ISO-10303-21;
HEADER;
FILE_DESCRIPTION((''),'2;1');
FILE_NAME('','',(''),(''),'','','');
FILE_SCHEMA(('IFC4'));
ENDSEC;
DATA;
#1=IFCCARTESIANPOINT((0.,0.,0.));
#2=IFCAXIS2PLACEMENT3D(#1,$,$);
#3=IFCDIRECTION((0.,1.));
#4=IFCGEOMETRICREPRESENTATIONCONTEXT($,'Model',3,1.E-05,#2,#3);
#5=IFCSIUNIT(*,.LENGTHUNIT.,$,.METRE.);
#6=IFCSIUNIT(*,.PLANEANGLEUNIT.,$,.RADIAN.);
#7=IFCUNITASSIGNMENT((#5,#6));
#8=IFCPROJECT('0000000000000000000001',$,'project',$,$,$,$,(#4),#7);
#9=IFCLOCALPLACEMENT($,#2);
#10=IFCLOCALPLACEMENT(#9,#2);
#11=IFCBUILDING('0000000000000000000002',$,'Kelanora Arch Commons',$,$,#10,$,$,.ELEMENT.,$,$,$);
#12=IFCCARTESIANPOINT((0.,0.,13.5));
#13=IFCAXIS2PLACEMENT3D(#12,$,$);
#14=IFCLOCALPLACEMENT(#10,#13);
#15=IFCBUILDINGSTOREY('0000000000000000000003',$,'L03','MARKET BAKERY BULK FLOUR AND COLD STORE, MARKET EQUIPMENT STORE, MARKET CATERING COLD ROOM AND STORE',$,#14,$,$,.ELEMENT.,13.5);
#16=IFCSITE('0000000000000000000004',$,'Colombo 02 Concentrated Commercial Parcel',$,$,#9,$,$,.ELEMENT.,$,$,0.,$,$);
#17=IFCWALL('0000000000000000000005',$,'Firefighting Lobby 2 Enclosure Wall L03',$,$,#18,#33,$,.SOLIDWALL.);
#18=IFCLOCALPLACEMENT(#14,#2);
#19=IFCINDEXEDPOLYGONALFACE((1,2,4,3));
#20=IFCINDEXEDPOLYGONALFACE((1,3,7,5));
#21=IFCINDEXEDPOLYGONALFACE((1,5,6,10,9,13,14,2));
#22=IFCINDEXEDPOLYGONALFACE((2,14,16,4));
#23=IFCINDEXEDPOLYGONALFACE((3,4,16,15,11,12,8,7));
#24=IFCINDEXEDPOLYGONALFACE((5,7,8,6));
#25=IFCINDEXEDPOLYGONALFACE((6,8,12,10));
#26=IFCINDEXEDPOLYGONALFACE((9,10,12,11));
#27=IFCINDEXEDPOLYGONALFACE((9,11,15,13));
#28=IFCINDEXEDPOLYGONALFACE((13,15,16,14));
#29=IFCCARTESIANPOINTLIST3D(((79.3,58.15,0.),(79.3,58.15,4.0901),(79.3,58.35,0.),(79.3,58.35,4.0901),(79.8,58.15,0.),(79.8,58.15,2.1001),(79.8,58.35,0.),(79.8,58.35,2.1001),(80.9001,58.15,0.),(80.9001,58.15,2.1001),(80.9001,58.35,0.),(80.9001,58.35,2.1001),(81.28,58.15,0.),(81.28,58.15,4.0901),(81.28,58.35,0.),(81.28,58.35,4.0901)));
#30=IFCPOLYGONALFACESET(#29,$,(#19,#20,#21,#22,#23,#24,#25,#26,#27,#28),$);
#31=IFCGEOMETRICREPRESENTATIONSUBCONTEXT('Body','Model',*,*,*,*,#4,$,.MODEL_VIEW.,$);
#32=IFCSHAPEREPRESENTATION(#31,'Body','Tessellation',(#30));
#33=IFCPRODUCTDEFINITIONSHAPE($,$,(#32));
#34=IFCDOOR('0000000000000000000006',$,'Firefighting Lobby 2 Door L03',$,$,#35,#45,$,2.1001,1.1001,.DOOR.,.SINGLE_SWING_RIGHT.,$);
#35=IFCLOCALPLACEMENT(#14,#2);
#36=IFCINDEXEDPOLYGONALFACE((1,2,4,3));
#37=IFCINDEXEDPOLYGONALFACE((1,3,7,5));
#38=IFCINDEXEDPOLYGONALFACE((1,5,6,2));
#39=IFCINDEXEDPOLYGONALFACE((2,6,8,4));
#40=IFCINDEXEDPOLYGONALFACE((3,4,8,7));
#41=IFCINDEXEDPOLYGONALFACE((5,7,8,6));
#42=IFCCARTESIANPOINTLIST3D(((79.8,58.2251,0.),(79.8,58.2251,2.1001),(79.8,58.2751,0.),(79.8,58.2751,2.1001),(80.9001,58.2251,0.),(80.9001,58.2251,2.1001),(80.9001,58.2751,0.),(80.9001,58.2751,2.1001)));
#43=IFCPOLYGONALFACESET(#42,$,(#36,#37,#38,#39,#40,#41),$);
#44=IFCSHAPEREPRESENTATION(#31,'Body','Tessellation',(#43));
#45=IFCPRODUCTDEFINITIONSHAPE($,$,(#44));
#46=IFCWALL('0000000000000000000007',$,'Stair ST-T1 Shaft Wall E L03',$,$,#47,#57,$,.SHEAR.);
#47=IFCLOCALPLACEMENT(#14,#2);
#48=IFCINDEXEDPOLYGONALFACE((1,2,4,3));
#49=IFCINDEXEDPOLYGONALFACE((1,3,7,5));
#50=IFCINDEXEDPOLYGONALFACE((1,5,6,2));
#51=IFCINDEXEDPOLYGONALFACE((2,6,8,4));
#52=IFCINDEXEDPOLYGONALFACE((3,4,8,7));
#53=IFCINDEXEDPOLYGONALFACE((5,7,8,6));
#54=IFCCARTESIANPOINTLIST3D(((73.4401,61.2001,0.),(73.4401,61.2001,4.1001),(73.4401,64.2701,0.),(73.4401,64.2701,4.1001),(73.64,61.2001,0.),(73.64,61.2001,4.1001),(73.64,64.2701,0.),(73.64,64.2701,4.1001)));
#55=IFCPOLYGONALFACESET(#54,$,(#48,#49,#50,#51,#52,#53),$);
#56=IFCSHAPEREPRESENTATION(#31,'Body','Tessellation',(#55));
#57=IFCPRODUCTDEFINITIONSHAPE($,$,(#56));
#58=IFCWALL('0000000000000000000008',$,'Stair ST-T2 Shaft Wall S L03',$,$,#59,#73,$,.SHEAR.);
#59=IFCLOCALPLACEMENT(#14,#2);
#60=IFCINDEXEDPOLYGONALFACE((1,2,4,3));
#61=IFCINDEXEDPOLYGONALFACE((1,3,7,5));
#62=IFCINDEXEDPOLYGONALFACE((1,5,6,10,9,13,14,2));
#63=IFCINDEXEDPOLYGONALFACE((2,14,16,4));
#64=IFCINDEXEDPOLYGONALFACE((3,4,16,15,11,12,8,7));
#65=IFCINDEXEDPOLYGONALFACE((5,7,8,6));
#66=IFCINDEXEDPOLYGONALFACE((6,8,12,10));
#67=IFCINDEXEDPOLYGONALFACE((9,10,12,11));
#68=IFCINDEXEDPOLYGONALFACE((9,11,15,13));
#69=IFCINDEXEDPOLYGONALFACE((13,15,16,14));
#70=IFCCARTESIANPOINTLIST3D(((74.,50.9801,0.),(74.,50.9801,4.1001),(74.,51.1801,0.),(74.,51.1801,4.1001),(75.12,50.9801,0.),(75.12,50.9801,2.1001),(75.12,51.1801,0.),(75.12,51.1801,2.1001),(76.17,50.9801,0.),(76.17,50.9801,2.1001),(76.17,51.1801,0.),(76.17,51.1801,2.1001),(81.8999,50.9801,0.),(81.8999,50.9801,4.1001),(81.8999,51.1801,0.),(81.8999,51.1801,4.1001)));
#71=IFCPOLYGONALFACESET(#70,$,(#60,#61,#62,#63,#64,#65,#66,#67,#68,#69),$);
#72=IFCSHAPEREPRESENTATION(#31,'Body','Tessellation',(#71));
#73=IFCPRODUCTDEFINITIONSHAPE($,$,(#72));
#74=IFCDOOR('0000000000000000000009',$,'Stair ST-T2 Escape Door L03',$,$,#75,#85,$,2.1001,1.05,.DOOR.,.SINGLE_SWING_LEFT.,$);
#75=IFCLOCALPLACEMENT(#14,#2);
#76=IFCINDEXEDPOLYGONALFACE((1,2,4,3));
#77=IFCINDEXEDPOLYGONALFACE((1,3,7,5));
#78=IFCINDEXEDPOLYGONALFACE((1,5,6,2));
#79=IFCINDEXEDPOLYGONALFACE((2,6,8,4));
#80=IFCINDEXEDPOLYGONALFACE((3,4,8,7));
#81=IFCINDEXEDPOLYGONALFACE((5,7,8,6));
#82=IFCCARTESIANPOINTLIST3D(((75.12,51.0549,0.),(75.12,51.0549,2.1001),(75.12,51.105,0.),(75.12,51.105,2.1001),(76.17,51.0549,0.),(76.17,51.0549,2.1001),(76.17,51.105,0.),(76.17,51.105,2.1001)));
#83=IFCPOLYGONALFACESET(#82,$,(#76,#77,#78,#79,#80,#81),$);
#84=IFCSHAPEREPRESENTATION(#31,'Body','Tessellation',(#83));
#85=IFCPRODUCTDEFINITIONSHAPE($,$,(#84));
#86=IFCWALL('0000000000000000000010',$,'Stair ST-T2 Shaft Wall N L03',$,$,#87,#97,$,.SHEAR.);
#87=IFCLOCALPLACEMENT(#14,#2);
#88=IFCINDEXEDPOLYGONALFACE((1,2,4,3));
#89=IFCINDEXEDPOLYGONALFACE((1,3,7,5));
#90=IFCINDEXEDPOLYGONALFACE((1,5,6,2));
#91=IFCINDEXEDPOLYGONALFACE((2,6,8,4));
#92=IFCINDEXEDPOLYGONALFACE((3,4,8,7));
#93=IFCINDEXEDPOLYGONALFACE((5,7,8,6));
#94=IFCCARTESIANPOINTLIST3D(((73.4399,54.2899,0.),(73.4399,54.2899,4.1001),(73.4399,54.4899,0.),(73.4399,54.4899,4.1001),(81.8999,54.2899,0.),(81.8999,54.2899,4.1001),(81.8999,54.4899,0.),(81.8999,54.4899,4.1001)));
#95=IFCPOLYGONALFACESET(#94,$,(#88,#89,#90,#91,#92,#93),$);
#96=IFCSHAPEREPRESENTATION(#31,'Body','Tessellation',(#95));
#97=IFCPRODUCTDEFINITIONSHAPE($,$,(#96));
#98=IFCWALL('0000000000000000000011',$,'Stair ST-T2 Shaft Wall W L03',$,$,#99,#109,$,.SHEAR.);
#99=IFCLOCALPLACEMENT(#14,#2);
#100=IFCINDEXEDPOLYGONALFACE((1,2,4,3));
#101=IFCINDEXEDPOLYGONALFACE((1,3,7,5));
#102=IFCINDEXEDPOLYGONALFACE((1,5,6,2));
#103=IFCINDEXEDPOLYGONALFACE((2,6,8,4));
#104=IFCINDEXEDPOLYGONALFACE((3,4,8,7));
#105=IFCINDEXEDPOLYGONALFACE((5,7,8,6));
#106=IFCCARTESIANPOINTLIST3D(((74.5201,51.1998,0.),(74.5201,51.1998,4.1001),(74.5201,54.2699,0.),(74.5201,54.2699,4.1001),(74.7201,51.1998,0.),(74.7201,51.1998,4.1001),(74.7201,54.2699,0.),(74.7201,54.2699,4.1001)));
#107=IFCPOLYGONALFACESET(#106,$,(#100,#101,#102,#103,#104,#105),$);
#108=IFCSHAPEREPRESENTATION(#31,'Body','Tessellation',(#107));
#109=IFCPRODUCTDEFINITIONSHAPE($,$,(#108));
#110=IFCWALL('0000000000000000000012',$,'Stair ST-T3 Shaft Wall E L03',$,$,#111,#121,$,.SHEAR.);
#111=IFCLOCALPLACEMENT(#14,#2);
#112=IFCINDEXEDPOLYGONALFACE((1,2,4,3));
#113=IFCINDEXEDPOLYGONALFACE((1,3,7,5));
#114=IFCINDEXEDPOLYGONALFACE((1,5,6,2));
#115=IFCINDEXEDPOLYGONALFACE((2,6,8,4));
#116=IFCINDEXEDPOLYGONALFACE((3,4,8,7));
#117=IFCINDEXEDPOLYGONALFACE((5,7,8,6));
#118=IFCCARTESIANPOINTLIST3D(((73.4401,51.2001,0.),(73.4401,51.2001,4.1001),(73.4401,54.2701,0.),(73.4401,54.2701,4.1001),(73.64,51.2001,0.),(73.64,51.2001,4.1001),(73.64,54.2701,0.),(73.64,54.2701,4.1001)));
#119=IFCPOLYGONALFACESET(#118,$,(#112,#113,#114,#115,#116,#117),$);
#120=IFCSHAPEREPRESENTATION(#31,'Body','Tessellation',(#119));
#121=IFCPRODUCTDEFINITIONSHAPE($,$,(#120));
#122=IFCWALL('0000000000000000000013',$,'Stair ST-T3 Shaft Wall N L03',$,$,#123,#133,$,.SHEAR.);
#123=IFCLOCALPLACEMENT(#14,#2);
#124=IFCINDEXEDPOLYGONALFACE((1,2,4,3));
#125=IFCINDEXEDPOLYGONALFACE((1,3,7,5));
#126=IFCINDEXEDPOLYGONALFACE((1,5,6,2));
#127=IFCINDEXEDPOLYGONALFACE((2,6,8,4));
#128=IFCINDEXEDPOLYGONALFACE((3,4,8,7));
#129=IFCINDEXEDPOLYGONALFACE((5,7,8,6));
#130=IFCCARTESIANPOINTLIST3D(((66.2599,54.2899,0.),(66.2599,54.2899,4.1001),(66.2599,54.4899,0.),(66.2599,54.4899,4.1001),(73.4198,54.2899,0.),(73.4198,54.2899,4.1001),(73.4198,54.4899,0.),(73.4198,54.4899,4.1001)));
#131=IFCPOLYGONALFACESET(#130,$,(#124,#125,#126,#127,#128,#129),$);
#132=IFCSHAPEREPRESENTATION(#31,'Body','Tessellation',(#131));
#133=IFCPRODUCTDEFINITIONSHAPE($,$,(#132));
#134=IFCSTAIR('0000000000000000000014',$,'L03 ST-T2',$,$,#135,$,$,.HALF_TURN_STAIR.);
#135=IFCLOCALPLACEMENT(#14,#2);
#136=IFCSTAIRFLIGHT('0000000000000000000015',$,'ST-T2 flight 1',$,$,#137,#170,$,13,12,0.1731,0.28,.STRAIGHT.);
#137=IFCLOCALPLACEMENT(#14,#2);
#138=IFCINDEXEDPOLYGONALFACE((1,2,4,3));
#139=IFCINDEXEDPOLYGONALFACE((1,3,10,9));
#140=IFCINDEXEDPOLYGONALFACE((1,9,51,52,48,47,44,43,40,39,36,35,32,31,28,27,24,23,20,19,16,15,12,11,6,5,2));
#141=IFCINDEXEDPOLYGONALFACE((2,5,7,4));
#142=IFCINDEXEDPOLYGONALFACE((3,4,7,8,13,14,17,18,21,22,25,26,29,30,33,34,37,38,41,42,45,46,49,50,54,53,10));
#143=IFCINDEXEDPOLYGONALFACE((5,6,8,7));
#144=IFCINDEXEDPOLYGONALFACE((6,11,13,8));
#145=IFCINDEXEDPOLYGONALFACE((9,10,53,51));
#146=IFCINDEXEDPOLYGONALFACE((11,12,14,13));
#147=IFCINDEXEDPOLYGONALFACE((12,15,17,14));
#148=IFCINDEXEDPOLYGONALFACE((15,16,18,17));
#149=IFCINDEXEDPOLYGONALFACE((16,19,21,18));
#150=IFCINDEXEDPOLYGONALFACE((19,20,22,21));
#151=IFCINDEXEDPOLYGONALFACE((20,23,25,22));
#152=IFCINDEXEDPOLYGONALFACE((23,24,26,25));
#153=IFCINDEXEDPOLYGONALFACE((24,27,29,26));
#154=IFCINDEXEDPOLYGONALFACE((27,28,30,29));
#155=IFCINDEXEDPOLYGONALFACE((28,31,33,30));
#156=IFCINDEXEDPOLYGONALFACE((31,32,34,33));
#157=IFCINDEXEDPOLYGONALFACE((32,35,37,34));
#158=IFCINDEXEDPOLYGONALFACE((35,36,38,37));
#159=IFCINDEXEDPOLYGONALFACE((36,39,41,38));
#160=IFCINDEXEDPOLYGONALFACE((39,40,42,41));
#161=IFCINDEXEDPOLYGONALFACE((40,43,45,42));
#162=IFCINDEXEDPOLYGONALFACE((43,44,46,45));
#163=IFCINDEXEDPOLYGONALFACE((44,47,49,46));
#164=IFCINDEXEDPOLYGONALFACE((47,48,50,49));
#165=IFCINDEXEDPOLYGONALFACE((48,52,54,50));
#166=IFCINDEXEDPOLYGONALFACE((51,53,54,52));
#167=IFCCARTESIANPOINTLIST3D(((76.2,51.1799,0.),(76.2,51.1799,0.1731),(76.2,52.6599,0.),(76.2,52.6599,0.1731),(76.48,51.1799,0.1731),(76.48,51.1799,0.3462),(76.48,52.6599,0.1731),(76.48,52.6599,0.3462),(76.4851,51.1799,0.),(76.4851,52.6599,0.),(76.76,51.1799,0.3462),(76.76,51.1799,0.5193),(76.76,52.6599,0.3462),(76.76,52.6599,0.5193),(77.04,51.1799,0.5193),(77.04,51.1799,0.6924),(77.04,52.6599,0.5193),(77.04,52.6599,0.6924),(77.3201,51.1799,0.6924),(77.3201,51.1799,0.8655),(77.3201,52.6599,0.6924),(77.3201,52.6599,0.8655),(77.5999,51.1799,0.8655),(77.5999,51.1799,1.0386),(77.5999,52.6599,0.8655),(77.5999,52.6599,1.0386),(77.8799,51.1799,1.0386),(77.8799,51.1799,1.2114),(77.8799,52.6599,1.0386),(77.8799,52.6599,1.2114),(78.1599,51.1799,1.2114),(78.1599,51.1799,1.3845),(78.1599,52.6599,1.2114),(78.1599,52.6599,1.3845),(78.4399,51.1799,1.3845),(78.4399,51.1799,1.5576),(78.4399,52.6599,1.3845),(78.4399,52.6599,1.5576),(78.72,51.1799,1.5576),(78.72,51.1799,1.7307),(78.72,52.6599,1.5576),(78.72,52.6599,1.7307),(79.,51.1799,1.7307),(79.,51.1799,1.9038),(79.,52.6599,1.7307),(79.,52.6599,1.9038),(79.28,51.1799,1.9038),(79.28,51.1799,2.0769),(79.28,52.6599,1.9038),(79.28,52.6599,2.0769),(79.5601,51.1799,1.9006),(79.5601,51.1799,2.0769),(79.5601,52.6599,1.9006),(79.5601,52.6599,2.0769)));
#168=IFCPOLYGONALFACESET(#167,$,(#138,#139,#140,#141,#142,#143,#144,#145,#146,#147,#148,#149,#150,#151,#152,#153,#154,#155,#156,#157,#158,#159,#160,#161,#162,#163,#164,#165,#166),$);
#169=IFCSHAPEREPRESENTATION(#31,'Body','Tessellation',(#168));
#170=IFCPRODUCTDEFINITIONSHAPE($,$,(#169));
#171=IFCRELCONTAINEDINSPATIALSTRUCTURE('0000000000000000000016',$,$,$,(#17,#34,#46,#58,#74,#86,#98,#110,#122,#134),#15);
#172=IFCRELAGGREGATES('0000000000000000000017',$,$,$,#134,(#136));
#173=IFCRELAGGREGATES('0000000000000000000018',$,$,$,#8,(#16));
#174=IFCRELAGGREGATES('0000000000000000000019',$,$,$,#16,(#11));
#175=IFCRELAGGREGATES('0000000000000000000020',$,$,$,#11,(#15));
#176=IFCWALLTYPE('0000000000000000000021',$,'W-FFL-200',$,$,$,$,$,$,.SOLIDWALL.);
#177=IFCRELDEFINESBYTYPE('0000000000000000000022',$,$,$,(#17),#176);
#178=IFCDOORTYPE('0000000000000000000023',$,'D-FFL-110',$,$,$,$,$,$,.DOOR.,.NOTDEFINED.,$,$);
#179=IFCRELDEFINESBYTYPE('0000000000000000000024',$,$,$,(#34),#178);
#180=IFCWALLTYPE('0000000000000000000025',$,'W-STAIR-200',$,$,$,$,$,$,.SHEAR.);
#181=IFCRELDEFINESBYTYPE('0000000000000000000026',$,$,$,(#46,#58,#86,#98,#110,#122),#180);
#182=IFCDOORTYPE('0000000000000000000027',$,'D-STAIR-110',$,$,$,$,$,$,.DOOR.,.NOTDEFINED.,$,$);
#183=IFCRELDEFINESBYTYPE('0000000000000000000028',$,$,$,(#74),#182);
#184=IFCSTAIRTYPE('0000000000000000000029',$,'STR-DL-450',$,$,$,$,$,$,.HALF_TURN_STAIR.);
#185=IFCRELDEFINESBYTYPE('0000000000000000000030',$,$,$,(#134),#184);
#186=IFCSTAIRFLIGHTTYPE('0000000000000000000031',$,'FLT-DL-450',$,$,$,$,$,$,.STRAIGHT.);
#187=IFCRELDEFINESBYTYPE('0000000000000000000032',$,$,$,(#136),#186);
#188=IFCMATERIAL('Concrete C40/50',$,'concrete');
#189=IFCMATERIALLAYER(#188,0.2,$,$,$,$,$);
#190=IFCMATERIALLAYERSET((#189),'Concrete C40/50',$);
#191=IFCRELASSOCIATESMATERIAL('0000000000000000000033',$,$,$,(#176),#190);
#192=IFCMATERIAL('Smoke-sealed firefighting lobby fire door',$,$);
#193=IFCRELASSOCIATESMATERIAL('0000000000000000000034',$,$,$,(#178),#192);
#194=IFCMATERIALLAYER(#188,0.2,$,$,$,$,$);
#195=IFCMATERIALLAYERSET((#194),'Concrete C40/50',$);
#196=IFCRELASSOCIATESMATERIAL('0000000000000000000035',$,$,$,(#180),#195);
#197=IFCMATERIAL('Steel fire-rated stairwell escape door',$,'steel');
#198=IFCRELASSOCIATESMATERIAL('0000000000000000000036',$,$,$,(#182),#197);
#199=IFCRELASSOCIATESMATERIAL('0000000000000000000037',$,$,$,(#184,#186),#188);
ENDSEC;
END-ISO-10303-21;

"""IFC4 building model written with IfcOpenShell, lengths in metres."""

from ifc_helpers import new_model, si_unit, direction, frame, frame_2d, origin, place, context, subcontext, project, spatial, polyline, rectangle, outline, extrude, material, layer, layer_set, type_object, element, fill, aggregate, save


model = new_model("IFC4")

# Units and contexts
model_context = context("Model", 3, precision=1e-05, world=origin(), true_north=direction((0.0, 1.0)))
body_context = subcontext(model_context, "Body", "Model", "MODEL_VIEW")
ifc_project = project(units=[si_unit("LENGTHUNIT", "METRE"), si_unit("PLANEANGLEUNIT", "RADIAN")], contexts=[model_context])

# Site, building, storey
site_placement = place(None, origin())
site = spatial("IfcSite", under=ifc_project, at=site_placement, Name="Colombo 02 Concentrated Commercial Parcel", CompositionType="ELEMENT", RefElevation=0.0)
building_placement = place(site_placement, origin())
building = spatial("IfcBuilding", under=site, at=building_placement, Name="Kelanora Arch Commons", CompositionType="ELEMENT")
storey_placement = place(building_placement, frame((0.0, 0.0, 13.5)))
storey = spatial("IfcBuildingStorey", under=building, at=storey_placement, Name="L03", Description="MARKET BAKERY BULK FLOUR AND COLD STORE, MARKET EQUIPMENT STORE, MARKET CATERING COLD ROOM AND STORE", CompositionType="ELEMENT", Elevation=13.5)

# Wall, opening, door
ifc_material_1 = material(Name="Concrete C40/50", Category="concrete")
ifc_layer_1 = layer(ifc_material_1, 0.2)
ifc_layer_set_1 = layer_set([ifc_layer_1], Name="Concrete C40/50")
wall_type_1 = type_object("IfcWallType", Name="W-FFL-200", PredefinedType="SOLIDWALL", material=ifc_layer_set_1)
ifc_material_2 = material(Name="Smoke-sealed firefighting lobby fire door")
door_type_1 = type_object("IfcDoorType", Name="D-FFL-110", OperationType="NOTDEFINED", PredefinedType="DOOR", material=ifc_material_2)
wall_1_placement = place(storey_placement, frame((79.3, 58.25, 0.0), z_axis=(0.0, 0.0, 1.0), x_axis=(1.0, 0.0, 0.0)))
wall_1 = element("IfcWall", 1, at=wall_1_placement, inside=storey, type_object=wall_type_1, Name="Firefighting Lobby 2 Enclosure Wall L03", PredefinedType="SOLIDWALL", context=body_context, shape_type="SweptSolid", body=[
    extrude(rectangle(XDim=1.98, YDim=0.2, at=frame_2d((0.99, 0.0))), origin(), (0.0, 0.0, 1.0), 4.0901),
])
opening_1_placement = place(wall_1_placement, frame((0.5, 0.0, 0.0)))
opening_1 = element("IfcOpeningElement", 2, at=opening_1_placement, cuts=wall_1, PredefinedType="OPENING", context=body_context, shape_type="SweptSolid", body=[
    extrude(rectangle(XDim=1.1001, YDim=2.1001, at=frame_2d((0.55, 1.05))), frame((0.0, 0.1099, 0.0), z_axis=(0.0, -1.0, 0.0), x_axis=(1.0, 0.0, 0.0)), (0.0, 0.0, 1.0), 0.22),
])
door_1_placement = place(opening_1_placement, frame((1.1001, 0.0, 0.0), z_axis=(0.0, 0.0, 1.0), x_axis=(-1.0, 0.0, 0.0)))
door_1 = element("IfcDoor", 3, at=door_1_placement, inside=storey, type_object=door_type_1, Name="Firefighting Lobby 2 Door L03", OperationType="SINGLE_SWING_RIGHT", OverallHeight=2.1001, OverallWidth=1.1001, PredefinedType="DOOR", context=body_context, shape_type="SweptSolid", body=[
    extrude(rectangle(XDim=1.1001, YDim=2.1001, at=frame_2d((0.55, 1.05))), frame((0.0, 0.0249, 0.0), z_axis=(0.0, -1.0, 0.0), x_axis=(1.0, 0.0, 0.0)), (0.0, 0.0, 1.0), 0.05),
])
fill(opening_1, door_1)

# Wall
ifc_layer_2 = layer(ifc_material_1, 0.2)
ifc_layer_set_2 = layer_set([ifc_layer_2], Name="Concrete C40/50")
wall_type_2 = type_object("IfcWallType", Name="W-STAIR-200", PredefinedType="SHEAR", material=ifc_layer_set_2)
wall_2_placement = place(storey_placement, frame((73.54, 61.2, 0.0), z_axis=(0.0, 0.0, 1.0), x_axis=(0.0, 1.0, 0.0)))
element("IfcWall", 4, at=wall_2_placement, inside=storey, type_object=wall_type_2, Name="Stair ST-T1 Shaft Wall E L03", PredefinedType="SHEAR", context=body_context, shape_type="SweptSolid", body=[
    extrude(rectangle(XDim=3.0701, YDim=0.2, at=frame_2d((1.5352, 0.0))), origin(), (0.0, 0.0, 1.0), 4.1001),
])

# Wall, opening, door
wall_3_placement = place(storey_placement, frame((74.0, 51.0801, 0.0), z_axis=(0.0, 0.0, 1.0), x_axis=(1.0, 0.0, 0.0)))
wall_3 = element("IfcWall", 5, at=wall_3_placement, inside=storey, type_object=wall_type_2, Name="Stair ST-T2 Shaft Wall S L03", PredefinedType="SHEAR", context=body_context, shape_type="SweptSolid", body=[
    extrude(rectangle(XDim=7.8999, YDim=0.2, at=frame_2d((3.95, 0.0))), origin(), (0.0, 0.0, 1.0), 4.1001),
])
opening_2_placement = place(wall_3_placement, frame((1.1201, 0.0, 0.0)))
opening_2 = element("IfcOpeningElement", 6, at=opening_2_placement, cuts=wall_3, PredefinedType="OPENING", context=body_context, shape_type="SweptSolid", body=[
    extrude(rectangle(XDim=1.05, YDim=2.1001, at=frame_2d((0.5249, 1.05))), frame((0.0, 0.1099, 0.0), z_axis=(0.0, -1.0, 0.0), x_axis=(1.0, 0.0, 0.0)), (0.0, 0.0, 1.0), 0.22),
])
ifc_material_3 = material(Name="Steel fire-rated stairwell escape door", Category="steel")
door_type_2 = type_object("IfcDoorType", Name="D-STAIR-110", OperationType="NOTDEFINED", PredefinedType="DOOR", material=ifc_material_3)
door_2_placement = place(opening_2_placement, origin())
door_2 = element("IfcDoor", 7, at=door_2_placement, inside=storey, type_object=door_type_2, Name="Stair ST-T2 Escape Door L03", OperationType="SINGLE_SWING_LEFT", OverallHeight=2.1001, OverallWidth=1.05, PredefinedType="DOOR", context=body_context, shape_type="SweptSolid", body=[
    extrude(rectangle(XDim=1.05, YDim=2.1001, at=frame_2d((0.5249, 1.05))), frame((0.0, 0.0249, 0.0), z_axis=(0.0, -1.0, 0.0), x_axis=(1.0, 0.0, 0.0)), (0.0, 0.0, 1.0), 0.05),
])
fill(opening_2, door_2)

# Walls
wall_4_placement = place(storey_placement, frame((81.8999, 54.3899, 0.0), z_axis=(0.0, 0.0, 1.0), x_axis=(-1.0, 0.0, 0.0)))
element("IfcWall", 8, at=wall_4_placement, inside=storey, type_object=wall_type_2, Name="Stair ST-T2 Shaft Wall N L03", PredefinedType="SHEAR", context=body_context, shape_type="SweptSolid", body=[
    extrude(rectangle(XDim=8.46, YDim=0.2, at=frame_2d((4.23, 0.0))), origin(), (0.0, 0.0, 1.0), 4.1001),
])
for number, where, z_axis, x_axis, name in (
    (9, (74.6201, 54.27, 0.0), (0.0, 0.0, 1.0), (0.0, -1.0, 0.0), "Stair ST-T2 Shaft Wall W L03"),
    (10, (73.54, 51.2, 0.0), (0.0, 0.0, 1.0), (0.0, 1.0, 0.0), "Stair ST-T3 Shaft Wall E L03"),
):
    element("IfcWall", number, at=place(storey_placement, frame(where, z_axis=z_axis, x_axis=x_axis)), inside=storey, type_object=wall_type_2, Name=name, PredefinedType="SHEAR", context=body_context, shape_type="SweptSolid", body=[
        extrude(rectangle(XDim=3.0701, YDim=0.2, at=frame_2d((1.5352, 0.0))), origin(), (0.0, 0.0, 1.0), 4.1001),
    ])
wall_5_placement = place(storey_placement, frame((73.4199, 54.3899, 0.0), z_axis=(0.0, 0.0, 1.0), x_axis=(-1.0, 0.0, 0.0)))
element("IfcWall", 11, at=wall_5_placement, inside=storey, type_object=wall_type_2, Name="Stair ST-T3 Shaft Wall N L03", PredefinedType="SHEAR", context=body_context, shape_type="SweptSolid", body=[
    extrude(rectangle(XDim=7.1599, YDim=0.2, at=frame_2d((3.5801, 0.0))), origin(), (0.0, 0.0, 1.0), 4.1001),
])

# Stair, stair flight
stair_type = type_object("IfcStairType", Name="STR-DL-450", PredefinedType="HALF_TURN_STAIR", material=ifc_material_1)
stair_placement = place(storey_placement, origin())
stair = element("IfcStair", 12, at=stair_placement, inside=storey, type_object=stair_type, Name="L03 ST-T2", PredefinedType="HALF_TURN_STAIR")
stair_flight_type = type_object("IfcStairFlightType", Name="FLT-DL-450", PredefinedType="STRAIGHT", material=ifc_material_1)
stair_flight_1_placement = place(storey_placement, frame((76.2, 51.9199, 0.0), z_axis=(0.0, 0.0, 1.0), x_axis=(1.0, 0.0, 0.0)))
stair_flight_1 = element("IfcStairFlight", 13, at=stair_flight_1_placement, type_object=stair_flight_type, Name="ST-T2 flight 1", NumberOfRisers=13, NumberOfTreads=12, PredefinedType="STRAIGHT", RiserHeight=0.1731, TreadLength=0.28, context=body_context, shape_type="SweptSolid", body=[
    extrude(outline(polyline([(0.0, 0.0), (0.0, 0.1731), (0.28, 0.1731), (0.28, 0.3462), (0.5601, 0.3462), (0.5601, 0.5193), (0.8401, 0.5193), (0.8401, 0.6924), (1.1201, 0.6924), (1.1201, 0.8655), (1.3999, 0.8655), (1.3999, 1.0386), (1.6799, 1.0386), (1.6799, 1.2114), (1.96, 1.2114), (1.96, 1.3845), (2.24, 1.3845), (2.24, 1.5576), (2.52, 1.5576), (2.52, 1.7307), (2.8, 1.7307), (2.8, 1.9038), (3.0801, 1.9038), (3.0801, 2.0769), (3.3601, 2.0769), (3.3601, 2.25), (3.3601, 1.9006), (0.2852, 0.0), (0.0, 0.0)])), frame((0.0, 0.74, 0.0), z_axis=(0.0, -1.0, 0.0), x_axis=(1.0, 0.0, 0.0)), (0.0, 0.0, 1.0), 1.48),
])
aggregate(stair, [stair_flight_1])

save(model, "model.ifc")
